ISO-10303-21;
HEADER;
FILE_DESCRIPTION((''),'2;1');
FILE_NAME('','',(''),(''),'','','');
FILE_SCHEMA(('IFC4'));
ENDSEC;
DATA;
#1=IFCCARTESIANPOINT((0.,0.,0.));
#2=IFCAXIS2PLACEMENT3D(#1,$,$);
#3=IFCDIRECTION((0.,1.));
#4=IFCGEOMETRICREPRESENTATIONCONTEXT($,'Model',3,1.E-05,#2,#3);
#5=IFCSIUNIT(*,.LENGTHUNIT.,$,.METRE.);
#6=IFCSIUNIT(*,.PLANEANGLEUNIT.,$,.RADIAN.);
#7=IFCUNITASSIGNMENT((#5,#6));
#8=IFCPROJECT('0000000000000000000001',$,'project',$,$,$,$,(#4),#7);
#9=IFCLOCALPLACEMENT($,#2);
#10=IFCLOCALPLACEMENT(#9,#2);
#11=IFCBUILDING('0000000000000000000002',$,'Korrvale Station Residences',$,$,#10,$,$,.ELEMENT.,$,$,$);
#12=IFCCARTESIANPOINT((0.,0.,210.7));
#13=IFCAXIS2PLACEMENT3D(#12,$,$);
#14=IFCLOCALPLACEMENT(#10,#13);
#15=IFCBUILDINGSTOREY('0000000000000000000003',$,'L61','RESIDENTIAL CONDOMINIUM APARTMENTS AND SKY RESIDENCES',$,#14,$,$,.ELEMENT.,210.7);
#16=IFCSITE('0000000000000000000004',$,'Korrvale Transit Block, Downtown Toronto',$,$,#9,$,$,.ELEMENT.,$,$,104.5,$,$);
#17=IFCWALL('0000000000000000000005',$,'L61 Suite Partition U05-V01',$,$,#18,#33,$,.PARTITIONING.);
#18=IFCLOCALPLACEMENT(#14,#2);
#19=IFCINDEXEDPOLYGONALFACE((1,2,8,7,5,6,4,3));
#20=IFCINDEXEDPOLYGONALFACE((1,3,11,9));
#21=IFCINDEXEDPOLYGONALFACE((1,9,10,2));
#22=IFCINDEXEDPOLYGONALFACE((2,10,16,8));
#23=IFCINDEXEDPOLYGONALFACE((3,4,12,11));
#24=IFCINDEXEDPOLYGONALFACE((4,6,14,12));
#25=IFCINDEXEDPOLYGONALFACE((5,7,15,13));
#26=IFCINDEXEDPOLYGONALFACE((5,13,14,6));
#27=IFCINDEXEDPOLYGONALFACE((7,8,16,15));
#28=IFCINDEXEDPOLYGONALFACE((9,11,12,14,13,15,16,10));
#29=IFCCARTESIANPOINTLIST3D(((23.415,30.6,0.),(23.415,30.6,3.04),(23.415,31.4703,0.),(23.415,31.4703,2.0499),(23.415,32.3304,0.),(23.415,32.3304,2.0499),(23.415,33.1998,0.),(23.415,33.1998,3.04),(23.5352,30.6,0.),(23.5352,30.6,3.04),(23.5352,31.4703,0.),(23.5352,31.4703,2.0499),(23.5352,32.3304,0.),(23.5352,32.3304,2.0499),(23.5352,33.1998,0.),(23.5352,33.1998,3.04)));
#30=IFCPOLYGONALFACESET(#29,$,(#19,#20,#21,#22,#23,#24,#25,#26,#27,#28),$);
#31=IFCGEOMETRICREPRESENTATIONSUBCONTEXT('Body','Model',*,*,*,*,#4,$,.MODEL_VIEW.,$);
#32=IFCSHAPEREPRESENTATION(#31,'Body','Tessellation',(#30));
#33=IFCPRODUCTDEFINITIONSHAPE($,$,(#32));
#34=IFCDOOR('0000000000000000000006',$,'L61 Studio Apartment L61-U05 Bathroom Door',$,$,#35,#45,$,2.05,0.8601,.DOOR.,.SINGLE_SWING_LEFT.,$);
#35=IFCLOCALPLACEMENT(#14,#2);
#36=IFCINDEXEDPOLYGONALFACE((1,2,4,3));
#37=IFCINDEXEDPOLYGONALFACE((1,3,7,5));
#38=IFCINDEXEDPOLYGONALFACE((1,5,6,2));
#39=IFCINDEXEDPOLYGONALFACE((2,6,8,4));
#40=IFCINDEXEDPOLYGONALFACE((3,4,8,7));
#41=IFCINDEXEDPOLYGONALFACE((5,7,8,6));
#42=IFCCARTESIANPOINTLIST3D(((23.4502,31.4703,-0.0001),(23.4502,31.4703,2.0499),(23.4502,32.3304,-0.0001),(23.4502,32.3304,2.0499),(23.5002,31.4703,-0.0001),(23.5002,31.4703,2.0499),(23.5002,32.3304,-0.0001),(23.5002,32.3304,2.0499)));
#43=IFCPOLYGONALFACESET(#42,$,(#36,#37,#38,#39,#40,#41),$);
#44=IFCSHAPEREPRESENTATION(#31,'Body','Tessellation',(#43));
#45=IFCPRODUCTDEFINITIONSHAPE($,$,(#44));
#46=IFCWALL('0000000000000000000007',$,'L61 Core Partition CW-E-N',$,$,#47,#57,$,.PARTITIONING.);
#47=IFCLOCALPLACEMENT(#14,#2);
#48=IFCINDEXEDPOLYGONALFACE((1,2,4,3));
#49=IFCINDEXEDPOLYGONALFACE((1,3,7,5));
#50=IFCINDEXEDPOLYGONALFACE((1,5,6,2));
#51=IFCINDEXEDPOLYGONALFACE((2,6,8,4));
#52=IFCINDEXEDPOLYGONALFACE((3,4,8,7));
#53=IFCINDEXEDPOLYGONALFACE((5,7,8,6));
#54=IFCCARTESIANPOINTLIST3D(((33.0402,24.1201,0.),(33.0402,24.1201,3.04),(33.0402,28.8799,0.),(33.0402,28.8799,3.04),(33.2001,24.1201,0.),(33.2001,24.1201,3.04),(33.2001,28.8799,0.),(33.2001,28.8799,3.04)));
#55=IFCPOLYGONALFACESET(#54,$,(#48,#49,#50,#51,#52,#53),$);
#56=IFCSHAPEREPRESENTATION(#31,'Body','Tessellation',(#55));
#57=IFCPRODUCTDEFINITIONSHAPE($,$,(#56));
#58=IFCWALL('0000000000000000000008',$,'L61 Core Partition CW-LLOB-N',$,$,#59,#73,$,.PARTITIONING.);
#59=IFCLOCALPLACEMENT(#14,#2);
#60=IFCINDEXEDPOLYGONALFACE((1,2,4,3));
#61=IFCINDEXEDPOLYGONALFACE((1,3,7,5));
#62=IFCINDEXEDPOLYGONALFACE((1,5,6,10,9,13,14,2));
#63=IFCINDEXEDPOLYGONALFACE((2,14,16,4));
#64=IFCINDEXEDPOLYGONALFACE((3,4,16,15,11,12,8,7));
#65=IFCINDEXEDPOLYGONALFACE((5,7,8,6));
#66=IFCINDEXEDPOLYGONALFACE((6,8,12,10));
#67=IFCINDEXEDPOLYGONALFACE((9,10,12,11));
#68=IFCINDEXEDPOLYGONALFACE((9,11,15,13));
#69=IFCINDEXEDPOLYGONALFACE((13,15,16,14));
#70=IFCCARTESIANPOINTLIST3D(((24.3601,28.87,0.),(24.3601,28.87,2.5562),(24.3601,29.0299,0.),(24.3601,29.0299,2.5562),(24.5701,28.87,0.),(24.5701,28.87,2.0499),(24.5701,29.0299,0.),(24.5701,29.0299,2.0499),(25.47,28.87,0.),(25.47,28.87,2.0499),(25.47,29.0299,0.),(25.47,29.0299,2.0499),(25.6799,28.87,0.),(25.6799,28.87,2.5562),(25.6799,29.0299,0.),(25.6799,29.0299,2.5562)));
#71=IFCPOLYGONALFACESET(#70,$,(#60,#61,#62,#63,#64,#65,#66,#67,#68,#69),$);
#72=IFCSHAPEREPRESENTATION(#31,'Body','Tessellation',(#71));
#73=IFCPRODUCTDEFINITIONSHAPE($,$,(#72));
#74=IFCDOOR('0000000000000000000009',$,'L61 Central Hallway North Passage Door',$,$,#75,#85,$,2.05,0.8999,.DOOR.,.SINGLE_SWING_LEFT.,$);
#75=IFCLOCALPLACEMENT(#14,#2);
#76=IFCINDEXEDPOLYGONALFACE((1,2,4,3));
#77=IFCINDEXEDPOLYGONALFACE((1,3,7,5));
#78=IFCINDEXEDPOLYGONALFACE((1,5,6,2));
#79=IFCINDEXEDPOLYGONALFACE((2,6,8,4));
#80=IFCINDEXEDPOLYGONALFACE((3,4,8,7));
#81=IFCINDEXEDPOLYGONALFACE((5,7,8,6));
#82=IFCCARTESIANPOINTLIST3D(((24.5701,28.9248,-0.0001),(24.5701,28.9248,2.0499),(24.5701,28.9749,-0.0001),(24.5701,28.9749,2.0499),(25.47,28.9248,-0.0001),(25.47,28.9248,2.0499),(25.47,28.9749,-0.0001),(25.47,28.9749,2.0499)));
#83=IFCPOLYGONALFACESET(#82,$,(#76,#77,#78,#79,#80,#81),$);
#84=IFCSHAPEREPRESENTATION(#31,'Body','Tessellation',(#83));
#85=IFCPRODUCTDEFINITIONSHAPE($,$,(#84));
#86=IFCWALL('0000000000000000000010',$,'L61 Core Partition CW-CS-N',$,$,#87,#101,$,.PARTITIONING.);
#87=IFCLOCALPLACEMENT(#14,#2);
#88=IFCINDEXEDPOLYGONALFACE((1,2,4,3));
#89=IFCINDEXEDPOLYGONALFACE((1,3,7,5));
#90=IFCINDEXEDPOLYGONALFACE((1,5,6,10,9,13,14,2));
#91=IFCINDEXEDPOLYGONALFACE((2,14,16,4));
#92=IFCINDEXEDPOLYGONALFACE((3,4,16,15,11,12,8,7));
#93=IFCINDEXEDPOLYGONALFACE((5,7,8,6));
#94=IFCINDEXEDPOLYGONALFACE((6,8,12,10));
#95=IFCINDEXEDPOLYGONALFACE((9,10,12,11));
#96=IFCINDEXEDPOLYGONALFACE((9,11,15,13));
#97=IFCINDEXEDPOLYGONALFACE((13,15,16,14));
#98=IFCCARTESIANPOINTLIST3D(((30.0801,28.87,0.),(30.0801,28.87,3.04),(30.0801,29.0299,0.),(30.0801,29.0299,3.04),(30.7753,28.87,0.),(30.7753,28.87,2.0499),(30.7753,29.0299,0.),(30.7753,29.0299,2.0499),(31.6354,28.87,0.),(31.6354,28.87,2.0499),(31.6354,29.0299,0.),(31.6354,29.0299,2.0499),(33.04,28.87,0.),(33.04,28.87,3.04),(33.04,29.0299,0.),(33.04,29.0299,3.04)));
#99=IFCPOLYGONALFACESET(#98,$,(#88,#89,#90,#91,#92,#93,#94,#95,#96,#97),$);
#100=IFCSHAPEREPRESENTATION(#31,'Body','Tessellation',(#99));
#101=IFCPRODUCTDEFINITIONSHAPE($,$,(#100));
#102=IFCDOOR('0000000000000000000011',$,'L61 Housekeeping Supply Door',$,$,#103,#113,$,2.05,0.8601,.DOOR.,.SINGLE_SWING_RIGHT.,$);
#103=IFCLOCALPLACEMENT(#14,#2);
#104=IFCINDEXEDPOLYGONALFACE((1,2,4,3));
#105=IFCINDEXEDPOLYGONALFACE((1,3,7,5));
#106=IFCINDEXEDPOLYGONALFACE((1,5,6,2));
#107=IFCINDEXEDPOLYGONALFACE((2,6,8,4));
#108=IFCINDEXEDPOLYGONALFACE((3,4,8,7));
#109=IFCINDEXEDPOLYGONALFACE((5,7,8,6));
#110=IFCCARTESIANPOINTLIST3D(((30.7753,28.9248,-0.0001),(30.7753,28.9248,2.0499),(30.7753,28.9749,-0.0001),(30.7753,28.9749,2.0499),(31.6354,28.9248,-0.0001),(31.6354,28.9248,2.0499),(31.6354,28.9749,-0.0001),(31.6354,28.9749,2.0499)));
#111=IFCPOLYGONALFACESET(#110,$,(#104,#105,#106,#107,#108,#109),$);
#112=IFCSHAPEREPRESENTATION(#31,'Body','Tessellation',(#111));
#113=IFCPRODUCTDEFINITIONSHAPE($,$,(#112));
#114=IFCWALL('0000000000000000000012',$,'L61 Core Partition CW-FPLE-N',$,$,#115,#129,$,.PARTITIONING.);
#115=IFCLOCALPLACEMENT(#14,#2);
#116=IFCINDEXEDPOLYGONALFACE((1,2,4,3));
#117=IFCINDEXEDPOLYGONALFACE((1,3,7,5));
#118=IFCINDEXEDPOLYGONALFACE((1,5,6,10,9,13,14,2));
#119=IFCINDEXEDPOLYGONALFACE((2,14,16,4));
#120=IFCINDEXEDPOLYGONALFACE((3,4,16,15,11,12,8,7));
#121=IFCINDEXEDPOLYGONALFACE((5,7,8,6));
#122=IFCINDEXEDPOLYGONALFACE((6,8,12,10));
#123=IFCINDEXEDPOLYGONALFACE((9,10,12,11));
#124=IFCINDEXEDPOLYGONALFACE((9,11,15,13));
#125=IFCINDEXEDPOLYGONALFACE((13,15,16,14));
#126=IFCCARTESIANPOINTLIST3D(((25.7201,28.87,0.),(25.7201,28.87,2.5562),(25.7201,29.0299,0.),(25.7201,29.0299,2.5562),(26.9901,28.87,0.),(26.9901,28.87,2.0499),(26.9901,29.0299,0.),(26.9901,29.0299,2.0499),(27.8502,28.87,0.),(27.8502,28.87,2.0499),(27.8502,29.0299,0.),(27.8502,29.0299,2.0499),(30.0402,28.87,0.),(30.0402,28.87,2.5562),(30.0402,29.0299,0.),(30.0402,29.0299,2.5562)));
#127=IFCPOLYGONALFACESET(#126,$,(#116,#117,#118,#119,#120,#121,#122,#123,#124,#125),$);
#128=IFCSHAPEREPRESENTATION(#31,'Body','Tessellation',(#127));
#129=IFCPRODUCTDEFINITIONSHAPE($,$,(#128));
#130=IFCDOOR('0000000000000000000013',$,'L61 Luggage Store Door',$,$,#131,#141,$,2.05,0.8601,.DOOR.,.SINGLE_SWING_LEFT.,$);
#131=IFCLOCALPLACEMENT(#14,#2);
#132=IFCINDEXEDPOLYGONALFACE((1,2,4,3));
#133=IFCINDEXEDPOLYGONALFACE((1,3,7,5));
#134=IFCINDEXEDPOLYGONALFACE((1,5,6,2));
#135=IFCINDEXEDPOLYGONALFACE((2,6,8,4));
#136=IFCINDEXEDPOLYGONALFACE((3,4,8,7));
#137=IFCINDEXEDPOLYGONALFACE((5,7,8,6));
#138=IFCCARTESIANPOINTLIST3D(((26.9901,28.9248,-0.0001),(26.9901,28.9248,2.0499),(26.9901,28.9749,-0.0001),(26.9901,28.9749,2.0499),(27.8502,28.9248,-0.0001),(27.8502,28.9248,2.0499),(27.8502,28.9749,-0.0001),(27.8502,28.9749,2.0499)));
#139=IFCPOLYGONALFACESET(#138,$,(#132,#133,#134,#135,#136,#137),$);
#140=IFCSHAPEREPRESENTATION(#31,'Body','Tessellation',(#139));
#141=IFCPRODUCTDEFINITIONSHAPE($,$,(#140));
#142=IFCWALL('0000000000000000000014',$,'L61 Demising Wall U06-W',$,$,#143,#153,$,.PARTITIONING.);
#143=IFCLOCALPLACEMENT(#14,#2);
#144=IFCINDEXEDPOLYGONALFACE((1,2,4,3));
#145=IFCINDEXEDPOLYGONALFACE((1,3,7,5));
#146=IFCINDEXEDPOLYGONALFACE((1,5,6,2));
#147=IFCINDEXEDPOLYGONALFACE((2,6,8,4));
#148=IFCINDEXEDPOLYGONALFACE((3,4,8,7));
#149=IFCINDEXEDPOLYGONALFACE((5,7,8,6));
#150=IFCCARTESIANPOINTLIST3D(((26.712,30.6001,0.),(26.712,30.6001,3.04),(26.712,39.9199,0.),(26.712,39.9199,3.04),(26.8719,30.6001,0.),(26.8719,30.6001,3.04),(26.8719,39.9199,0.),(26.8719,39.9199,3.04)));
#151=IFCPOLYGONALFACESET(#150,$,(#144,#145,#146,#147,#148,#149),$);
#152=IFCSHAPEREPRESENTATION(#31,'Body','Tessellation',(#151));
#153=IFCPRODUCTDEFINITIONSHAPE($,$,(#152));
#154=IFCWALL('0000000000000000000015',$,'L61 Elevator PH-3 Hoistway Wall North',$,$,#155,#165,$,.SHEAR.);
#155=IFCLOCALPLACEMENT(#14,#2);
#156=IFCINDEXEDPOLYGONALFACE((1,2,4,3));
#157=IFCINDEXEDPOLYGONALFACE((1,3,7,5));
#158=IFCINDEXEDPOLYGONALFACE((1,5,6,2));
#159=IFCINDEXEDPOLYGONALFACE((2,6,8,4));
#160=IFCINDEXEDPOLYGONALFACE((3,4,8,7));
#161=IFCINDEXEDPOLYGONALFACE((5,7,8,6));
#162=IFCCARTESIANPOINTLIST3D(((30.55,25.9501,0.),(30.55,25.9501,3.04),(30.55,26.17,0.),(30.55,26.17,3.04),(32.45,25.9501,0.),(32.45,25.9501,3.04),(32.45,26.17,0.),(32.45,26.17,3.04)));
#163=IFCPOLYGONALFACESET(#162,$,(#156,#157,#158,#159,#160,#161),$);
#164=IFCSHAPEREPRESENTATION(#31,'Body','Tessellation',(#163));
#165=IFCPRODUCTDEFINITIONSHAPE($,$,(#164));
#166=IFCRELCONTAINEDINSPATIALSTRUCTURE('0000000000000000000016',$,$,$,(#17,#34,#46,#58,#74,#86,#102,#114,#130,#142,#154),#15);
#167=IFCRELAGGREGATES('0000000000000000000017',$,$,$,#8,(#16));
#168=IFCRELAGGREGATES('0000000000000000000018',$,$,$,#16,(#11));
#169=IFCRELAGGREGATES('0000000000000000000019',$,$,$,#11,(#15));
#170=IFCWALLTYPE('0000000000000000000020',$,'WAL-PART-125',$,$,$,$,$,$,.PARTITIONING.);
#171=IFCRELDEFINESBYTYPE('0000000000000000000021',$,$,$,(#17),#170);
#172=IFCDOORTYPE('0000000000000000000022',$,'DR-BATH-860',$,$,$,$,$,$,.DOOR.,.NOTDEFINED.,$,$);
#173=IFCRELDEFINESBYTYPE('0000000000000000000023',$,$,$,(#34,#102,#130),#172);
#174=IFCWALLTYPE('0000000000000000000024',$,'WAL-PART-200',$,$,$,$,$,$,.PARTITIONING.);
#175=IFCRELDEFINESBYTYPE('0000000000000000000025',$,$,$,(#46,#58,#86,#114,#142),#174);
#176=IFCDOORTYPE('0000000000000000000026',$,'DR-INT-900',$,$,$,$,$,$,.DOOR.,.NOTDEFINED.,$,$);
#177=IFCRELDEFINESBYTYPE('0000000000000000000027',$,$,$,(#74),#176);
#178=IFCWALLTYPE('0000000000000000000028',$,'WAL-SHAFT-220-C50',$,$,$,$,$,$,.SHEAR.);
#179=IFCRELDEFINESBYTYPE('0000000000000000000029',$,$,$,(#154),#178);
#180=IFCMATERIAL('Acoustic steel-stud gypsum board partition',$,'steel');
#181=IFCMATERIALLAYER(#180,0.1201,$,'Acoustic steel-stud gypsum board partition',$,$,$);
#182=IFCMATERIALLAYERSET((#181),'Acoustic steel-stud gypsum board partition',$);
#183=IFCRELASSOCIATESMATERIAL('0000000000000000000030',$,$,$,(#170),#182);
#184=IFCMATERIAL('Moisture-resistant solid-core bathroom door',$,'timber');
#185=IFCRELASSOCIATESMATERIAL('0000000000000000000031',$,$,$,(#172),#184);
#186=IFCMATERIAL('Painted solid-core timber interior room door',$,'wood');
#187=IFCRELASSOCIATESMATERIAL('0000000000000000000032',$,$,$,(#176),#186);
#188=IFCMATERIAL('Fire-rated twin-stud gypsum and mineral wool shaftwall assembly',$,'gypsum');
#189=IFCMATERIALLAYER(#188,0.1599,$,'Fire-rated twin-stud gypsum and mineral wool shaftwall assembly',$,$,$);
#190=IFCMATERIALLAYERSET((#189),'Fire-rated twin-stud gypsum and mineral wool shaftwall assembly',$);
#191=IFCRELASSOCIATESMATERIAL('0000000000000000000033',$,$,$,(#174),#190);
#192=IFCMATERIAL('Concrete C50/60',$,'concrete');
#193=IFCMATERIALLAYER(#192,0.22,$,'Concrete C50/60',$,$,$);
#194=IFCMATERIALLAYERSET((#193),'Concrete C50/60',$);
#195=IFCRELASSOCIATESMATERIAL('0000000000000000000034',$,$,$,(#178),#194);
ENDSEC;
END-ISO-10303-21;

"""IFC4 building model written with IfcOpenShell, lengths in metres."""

from ifc_helpers import new_model, si_unit, direction, frame, frame_2d, origin, place, context, subcontext, project, spatial, rectangle, extrude, material, layer, layer_set, type_object, element, fill, save


model = new_model("IFC4")

# Units and contexts
model_context = context("Model", 3, precision=1e-05, world=origin(), true_north=direction((0.0, 1.0)))
body_context = subcontext(model_context, "Body", "Model", "MODEL_VIEW")
ifc_project = project(units=[si_unit("LENGTHUNIT", "METRE"), si_unit("PLANEANGLEUNIT", "RADIAN")], contexts=[model_context])

# Site, building, storey
site_placement = place(None, origin())
site = spatial("IfcSite", under=ifc_project, at=site_placement, Name="Korrvale Transit Block, Downtown Toronto", CompositionType="ELEMENT", RefElevation=104.5)
building_placement = place(site_placement, origin())
building = spatial("IfcBuilding", under=site, at=building_placement, Name="Korrvale Station Residences", CompositionType="ELEMENT")
storey_placement = place(building_placement, frame((0.0, 0.0, 210.7)))
storey = spatial("IfcBuildingStorey", under=building, at=storey_placement, Name="L61", Description="RESIDENTIAL CONDOMINIUM APARTMENTS AND SKY RESIDENCES", CompositionType="ELEMENT", Elevation=210.7)

# Shared definitions
ifc_material_1 = material(Name="Concrete C50/60", Category="concrete")

# Shared definitions
ifc_material_2 = material(Name="Acoustic steel-stud gypsum board partition", Category="steel")
ifc_layer_1 = layer(ifc_material_2, 0.1201, Name="Acoustic steel-stud gypsum board partition")
ifc_layer_set_1 = layer_set([ifc_layer_1], Name="Acoustic steel-stud gypsum board partition")
wall_type_1 = type_object("IfcWallType", Name="WAL-PART-125", PredefinedType="PARTITIONING", material=ifc_layer_set_1)

# Shared definitions
ifc_material_3 = material(Name="Moisture-resistant solid-core bathroom door", Category="timber")
door_type_1 = type_object("IfcDoorType", Name="DR-BATH-860", OperationType="NOTDEFINED", PredefinedType="DOOR", material=ifc_material_3)

# Wall, opening, door
ifc_material_4 = material(Name="Painted solid-core timber interior room door", Category="wood")
door_type_2 = type_object("IfcDoorType", Name="DR-INT-900", OperationType="NOTDEFINED", PredefinedType="DOOR", material=ifc_material_4)
wall_1_placement = place(storey_placement, frame((23.4751, 30.6001, 0.0), z_axis=(0.0, 0.0, 1.0), x_axis=(0.0, 1.0, 0.0)))
wall_1 = element("IfcWall", 1, at=wall_1_placement, inside=storey, type_object=wall_type_1, Name="L61 Suite Partition U05-V01", PredefinedType="PARTITIONING", context=body_context, shape_type="SweptSolid", body=[
    extrude(rectangle(XDim=2.5999, YDim=0.1201, at=frame_2d((1.2998, 0.0))), origin(), (0.0, 0.0, 1.0), 3.04),
])
opening_1_placement = place(wall_1_placement, frame((0.8701, 0.0, 0.0)))
opening_1 = element("IfcOpeningElement", 2, at=opening_1_placement, cuts=wall_1, PredefinedType="OPENING", context=body_context, shape_type="SweptSolid", body=[
    extrude(rectangle(XDim=0.8601, YDim=2.05, at=frame_2d((0.4302, 1.0249))), frame((0.0, 0.0701, 0.0), z_axis=(0.0, -1.0, 0.0), x_axis=(1.0, 0.0, 0.0)), (0.0, 0.0, 1.0), 0.1401),
])
door_1_placement = place(opening_1_placement, origin())
door_1 = element("IfcDoor", 3, at=door_1_placement, inside=storey, type_object=door_type_1, Name="L61 Studio Apartment L61-U05 Bathroom Door", OperationType="SINGLE_SWING_LEFT", OverallHeight=2.05, OverallWidth=0.8601, PredefinedType="DOOR", context=body_context, shape_type="SweptSolid", body=[
    extrude(rectangle(XDim=0.8601, YDim=2.05, at=frame_2d((0.4302, 1.0249))), frame((0.0, 0.0249, 0.0), z_axis=(0.0, -1.0, 0.0), x_axis=(1.0, 0.0, 0.0)), (0.0, 0.0, 1.0), 0.05),
])
fill(opening_1, door_1)

# Wall
ifc_material_5 = material(Name="Fire-rated twin-stud gypsum and mineral wool shaftwall assembly", Category="gypsum")
ifc_layer_2 = layer(ifc_material_5, 0.1599, Name="Fire-rated twin-stud gypsum and mineral wool shaftwall assembly")
ifc_layer_set_2 = layer_set([ifc_layer_2], Name="Fire-rated twin-stud gypsum and mineral wool shaftwall assembly")
wall_type_2 = type_object("IfcWallType", Name="WAL-PART-200", PredefinedType="PARTITIONING", material=ifc_layer_set_2)
wall_2_placement = place(storey_placement, frame((33.1201, 24.1201, 0.0), z_axis=(0.0, 0.0, 1.0), x_axis=(0.0, 1.0, 0.0)))
element("IfcWall", 4, at=wall_2_placement, inside=storey, type_object=wall_type_2, Name="L61 Core Partition CW-E-N", PredefinedType="PARTITIONING", context=body_context, shape_type="SweptSolid", body=[
    extrude(rectangle(XDim=4.7598, YDim=0.1599, at=frame_2d((2.3799, 0.0))), origin(), (0.0, 0.0, 1.0), 3.04),
])

# Walls, openings, doors
wall_3_placement = place(storey_placement, frame((24.3601, 28.95, 0.0), z_axis=(0.0, 0.0, 1.0), x_axis=(1.0, 0.0, 0.0)))
wall_3 = element("IfcWall", 5, at=wall_3_placement, inside=storey, type_object=wall_type_2, Name="L61 Core Partition CW-LLOB-N", PredefinedType="PARTITIONING", context=body_context, shape_type="SweptSolid", body=[
    extrude(rectangle(XDim=1.3198, YDim=0.1599, at=frame_2d((0.6599, 0.0))), origin(), (0.0, 0.0, 1.0), 2.5562),
])
opening_2_placement = place(wall_3_placement, frame((0.21, 0.0, 0.0)))
opening_2 = element("IfcOpeningElement", 6, at=opening_2_placement, cuts=wall_3, PredefinedType="OPENING", context=body_context, shape_type="SweptSolid", body=[
    extrude(rectangle(XDim=0.8999, YDim=2.05, at=frame_2d((0.45, 1.0249))), frame((0.0, 0.0898, 0.0), z_axis=(0.0, -1.0, 0.0), x_axis=(1.0, 0.0, 0.0)), (0.0, 0.0, 1.0), 0.1799),
])
door_2_placement = place(opening_2_placement, origin())
door_2 = element("IfcDoor", 7, at=door_2_placement, inside=storey, type_object=door_type_2, Name="L61 Central Hallway North Passage Door", OperationType="SINGLE_SWING_LEFT", OverallHeight=2.05, OverallWidth=0.8999, PredefinedType="DOOR", context=body_context, shape_type="SweptSolid", body=[
    extrude(rectangle(XDim=0.8999, YDim=2.05, at=frame_2d((0.45, 1.0249))), frame((0.0, 0.0249, 0.0), z_axis=(0.0, -1.0, 0.0), x_axis=(1.0, 0.0, 0.0)), (0.0, 0.0, 1.0), 0.05),
])
fill(opening_2, door_2)
wall_4_placement = place(storey_placement, frame((30.0801, 28.95, 0.0), z_axis=(0.0, 0.0, 1.0), x_axis=(1.0, 0.0, 0.0)))
wall_4 = element("IfcWall", 8, at=wall_4_placement, inside=storey, type_object=wall_type_2, Name="L61 Core Partition CW-CS-N", PredefinedType="PARTITIONING", context=body_context, shape_type="SweptSolid", body=[
    extrude(rectangle(XDim=2.96, YDim=0.1599, at=frame_2d((1.48, 0.0))), origin(), (0.0, 0.0, 1.0), 3.04),
])
opening_3_placement = place(wall_4_placement, frame((0.6951, 0.0, 0.0)))
opening_3 = element("IfcOpeningElement", 9, at=opening_3_placement, cuts=wall_4, PredefinedType="OPENING", context=body_context, shape_type="SweptSolid", body=[
    extrude(rectangle(XDim=0.8601, YDim=2.05, at=frame_2d((0.4302, 1.0249))), frame((0.0, 0.0898, 0.0), z_axis=(0.0, -1.0, 0.0), x_axis=(1.0, 0.0, 0.0)), (0.0, 0.0, 1.0), 0.1799),
])
door_3_placement = place(opening_3_placement, origin())
door_3 = element("IfcDoor", 10, at=door_3_placement, inside=storey, type_object=door_type_1, Name="L61 Housekeeping Supply Door", OperationType="SINGLE_SWING_RIGHT", OverallHeight=2.05, OverallWidth=0.8601, PredefinedType="DOOR", context=body_context, shape_type="SweptSolid", body=[
    extrude(rectangle(XDim=0.8601, YDim=2.05, at=frame_2d((0.4302, 1.0249))), frame((0.0, 0.0249, 0.0), z_axis=(0.0, -1.0, 0.0), x_axis=(1.0, 0.0, 0.0)), (0.0, 0.0, 1.0), 0.05),
])
fill(opening_3, door_3)
wall_5_placement = place(storey_placement, frame((25.72, 28.95, 0.0), z_axis=(0.0, 0.0, 1.0), x_axis=(1.0, 0.0, 0.0)))
wall_5 = element("IfcWall", 11, at=wall_5_placement, inside=storey, type_object=wall_type_2, Name="L61 Core Partition CW-FPLE-N", PredefinedType="PARTITIONING", context=body_context, shape_type="SweptSolid", body=[
    extrude(rectangle(XDim=4.3201, YDim=0.1599, at=frame_2d((2.1602, 0.0))), origin(), (0.0, 0.0, 1.0), 2.5562),
])
opening_4_placement = place(wall_5_placement, frame((1.27, 0.0, 0.0)))
opening_4 = element("IfcOpeningElement", 12, at=opening_4_placement, cuts=wall_5, PredefinedType="OPENING", context=body_context, shape_type="SweptSolid", body=[
    extrude(rectangle(XDim=0.8601, YDim=2.05, at=frame_2d((0.4302, 1.0249))), frame((0.0, 0.0898, 0.0), z_axis=(0.0, -1.0, 0.0), x_axis=(1.0, 0.0, 0.0)), (0.0, 0.0, 1.0), 0.1799),
])
door_4_placement = place(opening_4_placement, origin())
door_4 = element("IfcDoor", 13, at=door_4_placement, inside=storey, type_object=door_type_1, Name="L61 Luggage Store Door", OperationType="SINGLE_SWING_LEFT", OverallHeight=2.05, OverallWidth=0.8601, PredefinedType="DOOR", context=body_context, shape_type="SweptSolid", body=[
    extrude(rectangle(XDim=0.8601, YDim=2.05, at=frame_2d((0.4302, 1.0249))), frame((0.0, 0.0249, 0.0), z_axis=(0.0, -1.0, 0.0), x_axis=(1.0, 0.0, 0.0)), (0.0, 0.0, 1.0), 0.05),
])
fill(opening_4, door_4)

# Walls
wall_6_placement = place(storey_placement, frame((26.792, 30.6001, 0.0), z_axis=(0.0, 0.0, 1.0), x_axis=(0.0, 1.0, 0.0)))
element("IfcWall", 14, at=wall_6_placement, inside=storey, type_object=wall_type_2, Name="L61 Demising Wall U06-W", PredefinedType="PARTITIONING", context=body_context, shape_type="SweptSolid", body=[
    extrude(rectangle(XDim=9.3198, YDim=0.1599, at=frame_2d((4.6599, 0.0))), origin(), (0.0, 0.0, 1.0), 3.04),
])
ifc_layer_3 = layer(ifc_material_1, 0.22, Name="Concrete C50/60")
ifc_layer_set_3 = layer_set([ifc_layer_3], Name="Concrete C50/60")
wall_type_3 = type_object("IfcWallType", Name="WAL-SHAFT-220-C50", PredefinedType="SHEAR", material=ifc_layer_set_3)
wall_7_placement = place(storey_placement, frame((30.55, 26.0601, 0.0), z_axis=(0.0, 0.0, 1.0), x_axis=(1.0, 0.0, 0.0)))
element("IfcWall", 15, at=wall_7_placement, inside=storey, type_object=wall_type_3, Name="L61 Elevator PH-3 Hoistway Wall North", PredefinedType="SHEAR", context=body_context, shape_type="SweptSolid", body=[
    extrude(rectangle(XDim=1.8999, YDim=0.22, at=frame_2d((0.95, 0.0))), origin(), (0.0, 0.0, 1.0), 3.04),
])

save(model, "model.ifc")
